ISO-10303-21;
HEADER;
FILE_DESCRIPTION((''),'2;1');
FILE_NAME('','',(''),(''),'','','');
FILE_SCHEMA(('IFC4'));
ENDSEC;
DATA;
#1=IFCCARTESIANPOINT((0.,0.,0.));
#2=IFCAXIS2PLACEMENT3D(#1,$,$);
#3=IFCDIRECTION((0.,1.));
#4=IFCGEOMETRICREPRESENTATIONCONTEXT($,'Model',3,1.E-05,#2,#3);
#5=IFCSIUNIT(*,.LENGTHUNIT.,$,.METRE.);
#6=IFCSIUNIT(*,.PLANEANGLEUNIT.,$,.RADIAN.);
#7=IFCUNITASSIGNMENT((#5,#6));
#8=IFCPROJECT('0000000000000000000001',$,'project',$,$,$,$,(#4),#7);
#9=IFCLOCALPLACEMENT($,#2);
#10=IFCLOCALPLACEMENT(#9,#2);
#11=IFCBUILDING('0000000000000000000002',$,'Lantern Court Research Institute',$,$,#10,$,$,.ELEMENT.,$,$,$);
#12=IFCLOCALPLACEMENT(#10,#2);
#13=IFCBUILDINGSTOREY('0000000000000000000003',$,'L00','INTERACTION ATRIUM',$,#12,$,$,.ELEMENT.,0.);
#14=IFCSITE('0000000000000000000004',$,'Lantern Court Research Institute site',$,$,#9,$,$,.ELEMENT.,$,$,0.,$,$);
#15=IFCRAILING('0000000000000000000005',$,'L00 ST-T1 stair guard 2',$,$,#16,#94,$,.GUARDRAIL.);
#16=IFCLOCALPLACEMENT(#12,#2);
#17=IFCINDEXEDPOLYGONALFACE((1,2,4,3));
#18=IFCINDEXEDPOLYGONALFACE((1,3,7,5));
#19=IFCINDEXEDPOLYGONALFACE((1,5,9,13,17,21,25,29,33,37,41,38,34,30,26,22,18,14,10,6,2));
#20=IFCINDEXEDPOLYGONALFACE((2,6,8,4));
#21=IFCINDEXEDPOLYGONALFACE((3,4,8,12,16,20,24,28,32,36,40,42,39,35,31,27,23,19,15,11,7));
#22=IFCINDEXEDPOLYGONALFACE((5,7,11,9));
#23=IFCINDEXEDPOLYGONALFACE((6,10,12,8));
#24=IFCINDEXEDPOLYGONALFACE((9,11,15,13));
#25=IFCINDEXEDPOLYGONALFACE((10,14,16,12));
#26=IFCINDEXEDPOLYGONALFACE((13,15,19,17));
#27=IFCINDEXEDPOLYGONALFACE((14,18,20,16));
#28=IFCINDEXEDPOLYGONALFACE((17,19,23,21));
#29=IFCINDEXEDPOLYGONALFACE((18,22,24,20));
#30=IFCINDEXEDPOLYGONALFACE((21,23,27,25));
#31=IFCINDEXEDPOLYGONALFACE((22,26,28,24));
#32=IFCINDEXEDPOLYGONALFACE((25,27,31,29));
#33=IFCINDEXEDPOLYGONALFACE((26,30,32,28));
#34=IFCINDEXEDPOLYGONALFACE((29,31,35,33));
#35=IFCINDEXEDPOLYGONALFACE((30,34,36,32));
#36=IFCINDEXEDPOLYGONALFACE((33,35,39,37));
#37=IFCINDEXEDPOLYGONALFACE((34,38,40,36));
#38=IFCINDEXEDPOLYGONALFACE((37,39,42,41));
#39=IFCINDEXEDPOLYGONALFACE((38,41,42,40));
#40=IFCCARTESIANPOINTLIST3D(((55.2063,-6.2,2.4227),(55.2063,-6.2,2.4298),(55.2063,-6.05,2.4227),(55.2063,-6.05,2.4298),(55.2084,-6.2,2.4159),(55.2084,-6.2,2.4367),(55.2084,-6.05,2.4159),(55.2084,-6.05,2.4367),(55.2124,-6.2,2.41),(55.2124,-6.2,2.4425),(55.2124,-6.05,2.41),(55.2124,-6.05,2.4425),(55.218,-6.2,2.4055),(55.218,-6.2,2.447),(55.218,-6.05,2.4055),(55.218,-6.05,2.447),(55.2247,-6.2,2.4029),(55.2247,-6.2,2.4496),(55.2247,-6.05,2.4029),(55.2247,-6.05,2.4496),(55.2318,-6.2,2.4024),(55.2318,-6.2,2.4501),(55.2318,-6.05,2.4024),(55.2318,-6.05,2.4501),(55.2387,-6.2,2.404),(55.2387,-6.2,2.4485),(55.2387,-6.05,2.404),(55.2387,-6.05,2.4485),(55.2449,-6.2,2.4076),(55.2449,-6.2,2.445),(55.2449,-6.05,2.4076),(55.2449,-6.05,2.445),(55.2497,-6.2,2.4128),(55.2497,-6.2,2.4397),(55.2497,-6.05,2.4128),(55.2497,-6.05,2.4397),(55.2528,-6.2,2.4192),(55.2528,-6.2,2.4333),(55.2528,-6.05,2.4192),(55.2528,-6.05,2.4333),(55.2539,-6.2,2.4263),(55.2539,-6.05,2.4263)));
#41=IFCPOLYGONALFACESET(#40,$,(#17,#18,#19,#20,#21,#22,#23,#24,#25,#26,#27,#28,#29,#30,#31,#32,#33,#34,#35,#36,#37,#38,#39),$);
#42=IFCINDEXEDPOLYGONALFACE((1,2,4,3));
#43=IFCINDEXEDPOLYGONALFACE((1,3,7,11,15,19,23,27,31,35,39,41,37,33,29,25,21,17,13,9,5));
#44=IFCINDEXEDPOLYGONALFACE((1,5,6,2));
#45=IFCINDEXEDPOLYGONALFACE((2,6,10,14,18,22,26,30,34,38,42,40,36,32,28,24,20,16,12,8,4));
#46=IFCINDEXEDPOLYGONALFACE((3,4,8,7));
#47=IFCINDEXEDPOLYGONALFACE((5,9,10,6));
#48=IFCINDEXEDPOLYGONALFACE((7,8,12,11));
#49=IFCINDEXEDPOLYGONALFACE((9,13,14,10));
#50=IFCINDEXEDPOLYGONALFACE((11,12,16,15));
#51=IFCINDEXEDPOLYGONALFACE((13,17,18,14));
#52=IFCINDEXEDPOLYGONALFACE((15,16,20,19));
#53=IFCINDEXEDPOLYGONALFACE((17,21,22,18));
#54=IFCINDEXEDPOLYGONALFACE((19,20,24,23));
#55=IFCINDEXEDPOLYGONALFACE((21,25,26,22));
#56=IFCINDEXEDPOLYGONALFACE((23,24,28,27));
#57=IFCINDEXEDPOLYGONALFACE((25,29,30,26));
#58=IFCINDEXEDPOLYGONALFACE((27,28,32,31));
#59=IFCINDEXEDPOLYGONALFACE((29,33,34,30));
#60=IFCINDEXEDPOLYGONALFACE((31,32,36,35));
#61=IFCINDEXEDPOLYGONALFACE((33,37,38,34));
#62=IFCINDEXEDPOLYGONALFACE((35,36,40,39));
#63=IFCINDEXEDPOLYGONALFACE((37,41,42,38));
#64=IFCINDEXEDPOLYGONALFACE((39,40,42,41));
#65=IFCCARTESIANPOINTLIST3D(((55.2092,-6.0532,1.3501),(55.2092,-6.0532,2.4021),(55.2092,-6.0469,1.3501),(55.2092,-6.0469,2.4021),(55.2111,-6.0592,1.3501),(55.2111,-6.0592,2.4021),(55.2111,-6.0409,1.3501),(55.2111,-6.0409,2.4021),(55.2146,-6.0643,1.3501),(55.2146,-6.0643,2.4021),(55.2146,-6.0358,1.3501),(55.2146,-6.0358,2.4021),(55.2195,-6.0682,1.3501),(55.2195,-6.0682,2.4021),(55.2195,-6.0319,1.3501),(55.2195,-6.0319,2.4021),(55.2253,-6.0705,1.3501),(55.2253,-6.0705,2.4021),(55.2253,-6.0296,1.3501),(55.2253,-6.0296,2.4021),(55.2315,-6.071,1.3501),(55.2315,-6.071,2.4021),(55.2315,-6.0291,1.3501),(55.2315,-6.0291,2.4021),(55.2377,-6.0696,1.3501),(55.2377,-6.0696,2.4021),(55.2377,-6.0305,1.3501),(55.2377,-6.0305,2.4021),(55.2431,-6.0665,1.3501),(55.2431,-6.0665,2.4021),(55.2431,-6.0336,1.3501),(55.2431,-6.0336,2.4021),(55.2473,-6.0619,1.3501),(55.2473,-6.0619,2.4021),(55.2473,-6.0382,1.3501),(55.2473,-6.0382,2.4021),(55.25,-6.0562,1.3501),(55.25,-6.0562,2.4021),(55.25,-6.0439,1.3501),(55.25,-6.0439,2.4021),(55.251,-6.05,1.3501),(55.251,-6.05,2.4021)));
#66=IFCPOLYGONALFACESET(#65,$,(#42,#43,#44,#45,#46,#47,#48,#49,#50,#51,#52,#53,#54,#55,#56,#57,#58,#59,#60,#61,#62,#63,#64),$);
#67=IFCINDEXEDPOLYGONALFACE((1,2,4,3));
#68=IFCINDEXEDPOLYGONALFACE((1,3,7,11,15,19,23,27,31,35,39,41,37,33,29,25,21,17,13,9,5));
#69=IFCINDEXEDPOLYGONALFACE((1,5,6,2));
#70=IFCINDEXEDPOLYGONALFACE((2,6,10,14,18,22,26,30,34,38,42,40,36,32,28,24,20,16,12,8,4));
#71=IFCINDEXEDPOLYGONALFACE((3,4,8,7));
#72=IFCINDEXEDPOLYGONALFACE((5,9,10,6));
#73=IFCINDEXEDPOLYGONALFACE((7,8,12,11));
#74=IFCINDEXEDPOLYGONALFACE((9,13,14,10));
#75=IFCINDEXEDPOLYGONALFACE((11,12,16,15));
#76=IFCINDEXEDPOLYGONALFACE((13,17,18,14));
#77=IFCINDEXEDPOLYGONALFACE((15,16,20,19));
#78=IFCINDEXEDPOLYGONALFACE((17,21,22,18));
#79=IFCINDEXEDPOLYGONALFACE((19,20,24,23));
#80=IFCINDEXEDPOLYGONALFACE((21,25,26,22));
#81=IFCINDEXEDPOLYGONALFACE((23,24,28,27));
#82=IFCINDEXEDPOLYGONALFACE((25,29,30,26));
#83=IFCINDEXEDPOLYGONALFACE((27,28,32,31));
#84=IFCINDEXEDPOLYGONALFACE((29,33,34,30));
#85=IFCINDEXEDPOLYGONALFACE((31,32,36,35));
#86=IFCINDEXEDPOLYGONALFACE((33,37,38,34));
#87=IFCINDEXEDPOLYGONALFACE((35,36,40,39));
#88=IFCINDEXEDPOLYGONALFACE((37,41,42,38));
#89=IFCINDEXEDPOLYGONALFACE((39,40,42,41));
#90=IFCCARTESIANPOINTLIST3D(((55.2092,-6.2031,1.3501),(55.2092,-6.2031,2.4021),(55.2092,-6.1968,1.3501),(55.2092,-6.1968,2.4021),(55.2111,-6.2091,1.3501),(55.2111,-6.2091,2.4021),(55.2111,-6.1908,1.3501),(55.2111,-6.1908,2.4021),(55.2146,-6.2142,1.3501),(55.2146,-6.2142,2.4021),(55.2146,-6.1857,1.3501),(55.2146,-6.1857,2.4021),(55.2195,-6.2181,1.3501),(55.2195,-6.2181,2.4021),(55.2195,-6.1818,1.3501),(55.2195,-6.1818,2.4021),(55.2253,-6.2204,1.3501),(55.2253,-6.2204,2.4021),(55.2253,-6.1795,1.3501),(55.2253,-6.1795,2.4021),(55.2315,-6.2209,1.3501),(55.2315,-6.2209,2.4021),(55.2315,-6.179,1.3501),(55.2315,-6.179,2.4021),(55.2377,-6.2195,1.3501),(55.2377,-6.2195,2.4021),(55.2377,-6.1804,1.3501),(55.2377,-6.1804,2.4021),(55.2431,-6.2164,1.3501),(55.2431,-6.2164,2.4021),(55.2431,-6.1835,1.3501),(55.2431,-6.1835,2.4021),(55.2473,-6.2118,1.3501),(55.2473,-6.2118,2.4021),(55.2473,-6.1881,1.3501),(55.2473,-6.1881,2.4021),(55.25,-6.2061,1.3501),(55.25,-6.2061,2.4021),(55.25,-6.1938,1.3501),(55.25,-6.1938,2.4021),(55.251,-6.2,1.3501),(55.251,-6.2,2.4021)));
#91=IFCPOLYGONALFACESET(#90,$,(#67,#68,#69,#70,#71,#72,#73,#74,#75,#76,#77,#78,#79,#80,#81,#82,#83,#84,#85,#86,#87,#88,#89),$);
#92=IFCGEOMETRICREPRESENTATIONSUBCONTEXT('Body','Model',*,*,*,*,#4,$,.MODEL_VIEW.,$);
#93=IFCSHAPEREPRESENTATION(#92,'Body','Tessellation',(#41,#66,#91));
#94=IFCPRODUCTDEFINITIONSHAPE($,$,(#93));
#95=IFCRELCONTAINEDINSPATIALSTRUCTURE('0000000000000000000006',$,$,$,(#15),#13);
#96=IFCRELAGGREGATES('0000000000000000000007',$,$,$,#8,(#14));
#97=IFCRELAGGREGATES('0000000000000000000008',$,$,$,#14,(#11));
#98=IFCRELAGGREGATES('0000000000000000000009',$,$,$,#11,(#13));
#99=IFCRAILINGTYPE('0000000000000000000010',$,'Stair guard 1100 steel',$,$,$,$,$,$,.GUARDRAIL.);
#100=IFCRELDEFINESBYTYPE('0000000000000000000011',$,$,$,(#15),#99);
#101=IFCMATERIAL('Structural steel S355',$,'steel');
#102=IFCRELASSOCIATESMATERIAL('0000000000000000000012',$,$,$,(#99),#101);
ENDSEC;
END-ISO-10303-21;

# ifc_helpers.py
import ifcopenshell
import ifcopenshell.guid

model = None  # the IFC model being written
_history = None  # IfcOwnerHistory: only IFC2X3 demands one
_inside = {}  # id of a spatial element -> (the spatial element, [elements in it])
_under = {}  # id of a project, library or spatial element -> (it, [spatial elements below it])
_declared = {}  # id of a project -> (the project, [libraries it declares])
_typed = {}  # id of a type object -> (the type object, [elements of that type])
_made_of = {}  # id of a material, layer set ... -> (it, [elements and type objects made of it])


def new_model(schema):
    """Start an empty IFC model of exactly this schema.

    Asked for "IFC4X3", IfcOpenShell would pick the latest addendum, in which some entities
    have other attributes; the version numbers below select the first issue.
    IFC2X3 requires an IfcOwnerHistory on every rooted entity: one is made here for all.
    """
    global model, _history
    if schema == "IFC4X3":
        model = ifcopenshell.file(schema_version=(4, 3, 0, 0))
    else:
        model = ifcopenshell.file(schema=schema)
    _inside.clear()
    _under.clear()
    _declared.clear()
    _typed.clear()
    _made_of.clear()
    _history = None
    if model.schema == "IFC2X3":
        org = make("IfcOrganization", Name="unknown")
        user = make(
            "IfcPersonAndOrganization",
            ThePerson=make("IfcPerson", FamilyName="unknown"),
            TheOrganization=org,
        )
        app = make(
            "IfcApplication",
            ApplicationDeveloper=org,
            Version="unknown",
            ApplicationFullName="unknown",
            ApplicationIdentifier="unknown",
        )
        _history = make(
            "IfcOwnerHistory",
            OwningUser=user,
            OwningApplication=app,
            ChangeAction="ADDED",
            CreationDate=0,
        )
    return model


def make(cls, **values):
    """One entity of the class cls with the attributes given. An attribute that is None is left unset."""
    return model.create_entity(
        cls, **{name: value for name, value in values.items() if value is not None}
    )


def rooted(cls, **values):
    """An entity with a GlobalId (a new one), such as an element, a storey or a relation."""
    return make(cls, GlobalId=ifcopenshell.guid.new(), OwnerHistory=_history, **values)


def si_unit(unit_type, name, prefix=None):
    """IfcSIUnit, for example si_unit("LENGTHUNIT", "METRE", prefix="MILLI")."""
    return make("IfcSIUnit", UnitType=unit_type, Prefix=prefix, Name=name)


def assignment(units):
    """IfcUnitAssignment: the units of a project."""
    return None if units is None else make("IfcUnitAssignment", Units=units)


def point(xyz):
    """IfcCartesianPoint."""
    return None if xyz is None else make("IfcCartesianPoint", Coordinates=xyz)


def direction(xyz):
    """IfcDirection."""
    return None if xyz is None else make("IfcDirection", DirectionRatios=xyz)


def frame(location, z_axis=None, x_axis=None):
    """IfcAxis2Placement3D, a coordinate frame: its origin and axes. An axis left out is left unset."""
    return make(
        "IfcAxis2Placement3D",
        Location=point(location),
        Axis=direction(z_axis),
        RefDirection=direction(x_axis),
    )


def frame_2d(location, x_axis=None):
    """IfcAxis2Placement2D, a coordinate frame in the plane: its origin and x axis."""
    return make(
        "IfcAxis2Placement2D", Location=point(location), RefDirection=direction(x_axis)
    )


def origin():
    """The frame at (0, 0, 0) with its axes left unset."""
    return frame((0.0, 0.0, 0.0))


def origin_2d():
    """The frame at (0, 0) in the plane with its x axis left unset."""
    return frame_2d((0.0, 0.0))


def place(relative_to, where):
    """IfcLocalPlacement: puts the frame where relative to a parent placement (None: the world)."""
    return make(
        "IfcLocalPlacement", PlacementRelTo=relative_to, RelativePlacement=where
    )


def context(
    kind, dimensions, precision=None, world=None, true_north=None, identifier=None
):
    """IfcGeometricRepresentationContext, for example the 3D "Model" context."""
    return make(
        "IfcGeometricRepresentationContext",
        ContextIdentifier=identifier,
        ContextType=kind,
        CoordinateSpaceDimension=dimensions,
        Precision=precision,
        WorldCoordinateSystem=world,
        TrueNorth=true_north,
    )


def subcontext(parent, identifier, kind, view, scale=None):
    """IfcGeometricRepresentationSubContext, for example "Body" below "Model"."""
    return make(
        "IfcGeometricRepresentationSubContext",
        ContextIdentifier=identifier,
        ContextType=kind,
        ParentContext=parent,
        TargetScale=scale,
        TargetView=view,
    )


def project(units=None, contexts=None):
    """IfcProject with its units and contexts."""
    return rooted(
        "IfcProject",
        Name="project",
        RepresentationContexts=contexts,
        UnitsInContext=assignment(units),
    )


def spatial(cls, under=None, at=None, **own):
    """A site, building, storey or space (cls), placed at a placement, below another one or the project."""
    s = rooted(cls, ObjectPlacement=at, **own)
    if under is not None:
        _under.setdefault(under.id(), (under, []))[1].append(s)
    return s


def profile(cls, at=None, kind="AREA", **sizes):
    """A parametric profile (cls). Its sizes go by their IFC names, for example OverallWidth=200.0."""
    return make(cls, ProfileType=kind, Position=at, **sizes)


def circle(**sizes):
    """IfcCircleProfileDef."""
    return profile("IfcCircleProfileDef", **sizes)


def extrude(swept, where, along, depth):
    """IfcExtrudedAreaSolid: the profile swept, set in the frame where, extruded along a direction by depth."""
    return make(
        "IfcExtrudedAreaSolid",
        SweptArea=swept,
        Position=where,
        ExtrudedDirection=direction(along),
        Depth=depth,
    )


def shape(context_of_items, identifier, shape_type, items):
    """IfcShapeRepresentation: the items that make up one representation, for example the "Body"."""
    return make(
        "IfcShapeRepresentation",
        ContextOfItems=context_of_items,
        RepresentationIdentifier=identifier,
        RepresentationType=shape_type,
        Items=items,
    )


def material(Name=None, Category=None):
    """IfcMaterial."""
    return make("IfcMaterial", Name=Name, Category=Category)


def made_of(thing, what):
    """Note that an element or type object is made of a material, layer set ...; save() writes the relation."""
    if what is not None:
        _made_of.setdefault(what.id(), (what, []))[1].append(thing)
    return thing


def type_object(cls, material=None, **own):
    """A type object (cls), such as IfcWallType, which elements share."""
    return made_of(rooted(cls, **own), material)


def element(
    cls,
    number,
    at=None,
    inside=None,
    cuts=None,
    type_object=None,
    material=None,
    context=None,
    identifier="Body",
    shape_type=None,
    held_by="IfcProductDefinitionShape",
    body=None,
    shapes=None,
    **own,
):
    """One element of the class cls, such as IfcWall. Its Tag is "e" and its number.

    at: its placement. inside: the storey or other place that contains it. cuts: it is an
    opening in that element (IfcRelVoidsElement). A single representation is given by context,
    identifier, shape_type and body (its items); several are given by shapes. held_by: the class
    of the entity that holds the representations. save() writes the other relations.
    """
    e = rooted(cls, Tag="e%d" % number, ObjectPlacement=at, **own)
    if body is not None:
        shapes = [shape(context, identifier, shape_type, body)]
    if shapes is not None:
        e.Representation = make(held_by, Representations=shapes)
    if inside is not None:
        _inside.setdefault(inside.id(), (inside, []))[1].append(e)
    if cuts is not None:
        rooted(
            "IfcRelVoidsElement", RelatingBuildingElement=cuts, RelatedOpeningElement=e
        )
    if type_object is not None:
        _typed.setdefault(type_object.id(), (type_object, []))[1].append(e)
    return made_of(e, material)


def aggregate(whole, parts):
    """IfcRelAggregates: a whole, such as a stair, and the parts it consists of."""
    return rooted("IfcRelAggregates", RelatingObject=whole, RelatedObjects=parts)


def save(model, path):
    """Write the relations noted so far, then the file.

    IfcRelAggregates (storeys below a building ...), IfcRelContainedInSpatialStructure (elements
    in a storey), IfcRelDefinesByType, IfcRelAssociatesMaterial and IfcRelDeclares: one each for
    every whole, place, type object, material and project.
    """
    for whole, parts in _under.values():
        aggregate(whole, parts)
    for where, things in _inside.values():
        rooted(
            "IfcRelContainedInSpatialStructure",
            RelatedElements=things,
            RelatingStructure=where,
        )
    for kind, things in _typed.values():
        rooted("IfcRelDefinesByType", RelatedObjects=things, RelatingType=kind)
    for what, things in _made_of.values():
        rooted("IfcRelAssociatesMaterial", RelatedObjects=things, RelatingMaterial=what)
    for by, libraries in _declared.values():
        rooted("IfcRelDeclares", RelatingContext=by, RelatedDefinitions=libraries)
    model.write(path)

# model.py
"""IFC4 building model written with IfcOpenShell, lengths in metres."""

from ifc_helpers import new_model, si_unit, direction, frame, origin, origin_2d, place, context, subcontext, project, spatial, circle, extrude, material, type_object, element, save


model = new_model("IFC4")

# Units and contexts
model_context = context("Model", 3, precision=1e-05, world=origin(), true_north=direction((0.0, 1.0)))
body_context = subcontext(model_context, "Body", "Model", "MODEL_VIEW")
ifc_project = project(units=[si_unit("LENGTHUNIT", "METRE"), si_unit("PLANEANGLEUNIT", "RADIAN")], contexts=[model_context])

# Site, building, storey
site_placement = place(None, origin())
site = spatial("IfcSite", under=ifc_project, at=site_placement, Name="Lantern Court Research Institute site", CompositionType="ELEMENT", RefElevation=0.0)
building_placement = place(site_placement, origin())
building = spatial("IfcBuilding", under=site, at=building_placement, Name="Lantern Court Research Institute", CompositionType="ELEMENT")
storey_placement = place(building_placement, origin())
storey = spatial("IfcBuildingStorey", under=building, at=storey_placement, Name="L00", Description="INTERACTION ATRIUM", CompositionType="ELEMENT", Elevation=0.0)

# Railing
ifc_material_1 = material(Name="Structural steel S355", Category="steel")
railing_type_1 = type_object("IfcRailingType", Name="Stair guard 1100 steel", PredefinedType="GUARDRAIL", material=ifc_material_1)
railing_1_placement = place(storey_placement, frame((55.23, -6.05, 1.3501)))
element("IfcRailing", 1, at=railing_1_placement, inside=storey, type_object=railing_type_1, Name="L00 ST-T1 stair guard 2", PredefinedType="GUARDRAIL", context=body_context, shape_type="SweptSolid", body=[
    extrude(circle(Radius=0.0239, at=origin_2d()), frame((0.0, 0.0, 1.0762), z_axis=(0.0, -1.0, 0.0), x_axis=(1.0, 0.0, 0.0)), (0.0, 0.0, 1.0), 0.1499),
    extrude(circle(Radius=0.021, at=origin_2d()), origin(), (0.0, 0.0, 1.0), 1.052),
    extrude(circle(Radius=0.021, at=origin_2d()), frame((0.0, -0.1499, 0.0)), (0.0, 0.0, 1.0), 1.052),
])

save(model, "model.ifc")
